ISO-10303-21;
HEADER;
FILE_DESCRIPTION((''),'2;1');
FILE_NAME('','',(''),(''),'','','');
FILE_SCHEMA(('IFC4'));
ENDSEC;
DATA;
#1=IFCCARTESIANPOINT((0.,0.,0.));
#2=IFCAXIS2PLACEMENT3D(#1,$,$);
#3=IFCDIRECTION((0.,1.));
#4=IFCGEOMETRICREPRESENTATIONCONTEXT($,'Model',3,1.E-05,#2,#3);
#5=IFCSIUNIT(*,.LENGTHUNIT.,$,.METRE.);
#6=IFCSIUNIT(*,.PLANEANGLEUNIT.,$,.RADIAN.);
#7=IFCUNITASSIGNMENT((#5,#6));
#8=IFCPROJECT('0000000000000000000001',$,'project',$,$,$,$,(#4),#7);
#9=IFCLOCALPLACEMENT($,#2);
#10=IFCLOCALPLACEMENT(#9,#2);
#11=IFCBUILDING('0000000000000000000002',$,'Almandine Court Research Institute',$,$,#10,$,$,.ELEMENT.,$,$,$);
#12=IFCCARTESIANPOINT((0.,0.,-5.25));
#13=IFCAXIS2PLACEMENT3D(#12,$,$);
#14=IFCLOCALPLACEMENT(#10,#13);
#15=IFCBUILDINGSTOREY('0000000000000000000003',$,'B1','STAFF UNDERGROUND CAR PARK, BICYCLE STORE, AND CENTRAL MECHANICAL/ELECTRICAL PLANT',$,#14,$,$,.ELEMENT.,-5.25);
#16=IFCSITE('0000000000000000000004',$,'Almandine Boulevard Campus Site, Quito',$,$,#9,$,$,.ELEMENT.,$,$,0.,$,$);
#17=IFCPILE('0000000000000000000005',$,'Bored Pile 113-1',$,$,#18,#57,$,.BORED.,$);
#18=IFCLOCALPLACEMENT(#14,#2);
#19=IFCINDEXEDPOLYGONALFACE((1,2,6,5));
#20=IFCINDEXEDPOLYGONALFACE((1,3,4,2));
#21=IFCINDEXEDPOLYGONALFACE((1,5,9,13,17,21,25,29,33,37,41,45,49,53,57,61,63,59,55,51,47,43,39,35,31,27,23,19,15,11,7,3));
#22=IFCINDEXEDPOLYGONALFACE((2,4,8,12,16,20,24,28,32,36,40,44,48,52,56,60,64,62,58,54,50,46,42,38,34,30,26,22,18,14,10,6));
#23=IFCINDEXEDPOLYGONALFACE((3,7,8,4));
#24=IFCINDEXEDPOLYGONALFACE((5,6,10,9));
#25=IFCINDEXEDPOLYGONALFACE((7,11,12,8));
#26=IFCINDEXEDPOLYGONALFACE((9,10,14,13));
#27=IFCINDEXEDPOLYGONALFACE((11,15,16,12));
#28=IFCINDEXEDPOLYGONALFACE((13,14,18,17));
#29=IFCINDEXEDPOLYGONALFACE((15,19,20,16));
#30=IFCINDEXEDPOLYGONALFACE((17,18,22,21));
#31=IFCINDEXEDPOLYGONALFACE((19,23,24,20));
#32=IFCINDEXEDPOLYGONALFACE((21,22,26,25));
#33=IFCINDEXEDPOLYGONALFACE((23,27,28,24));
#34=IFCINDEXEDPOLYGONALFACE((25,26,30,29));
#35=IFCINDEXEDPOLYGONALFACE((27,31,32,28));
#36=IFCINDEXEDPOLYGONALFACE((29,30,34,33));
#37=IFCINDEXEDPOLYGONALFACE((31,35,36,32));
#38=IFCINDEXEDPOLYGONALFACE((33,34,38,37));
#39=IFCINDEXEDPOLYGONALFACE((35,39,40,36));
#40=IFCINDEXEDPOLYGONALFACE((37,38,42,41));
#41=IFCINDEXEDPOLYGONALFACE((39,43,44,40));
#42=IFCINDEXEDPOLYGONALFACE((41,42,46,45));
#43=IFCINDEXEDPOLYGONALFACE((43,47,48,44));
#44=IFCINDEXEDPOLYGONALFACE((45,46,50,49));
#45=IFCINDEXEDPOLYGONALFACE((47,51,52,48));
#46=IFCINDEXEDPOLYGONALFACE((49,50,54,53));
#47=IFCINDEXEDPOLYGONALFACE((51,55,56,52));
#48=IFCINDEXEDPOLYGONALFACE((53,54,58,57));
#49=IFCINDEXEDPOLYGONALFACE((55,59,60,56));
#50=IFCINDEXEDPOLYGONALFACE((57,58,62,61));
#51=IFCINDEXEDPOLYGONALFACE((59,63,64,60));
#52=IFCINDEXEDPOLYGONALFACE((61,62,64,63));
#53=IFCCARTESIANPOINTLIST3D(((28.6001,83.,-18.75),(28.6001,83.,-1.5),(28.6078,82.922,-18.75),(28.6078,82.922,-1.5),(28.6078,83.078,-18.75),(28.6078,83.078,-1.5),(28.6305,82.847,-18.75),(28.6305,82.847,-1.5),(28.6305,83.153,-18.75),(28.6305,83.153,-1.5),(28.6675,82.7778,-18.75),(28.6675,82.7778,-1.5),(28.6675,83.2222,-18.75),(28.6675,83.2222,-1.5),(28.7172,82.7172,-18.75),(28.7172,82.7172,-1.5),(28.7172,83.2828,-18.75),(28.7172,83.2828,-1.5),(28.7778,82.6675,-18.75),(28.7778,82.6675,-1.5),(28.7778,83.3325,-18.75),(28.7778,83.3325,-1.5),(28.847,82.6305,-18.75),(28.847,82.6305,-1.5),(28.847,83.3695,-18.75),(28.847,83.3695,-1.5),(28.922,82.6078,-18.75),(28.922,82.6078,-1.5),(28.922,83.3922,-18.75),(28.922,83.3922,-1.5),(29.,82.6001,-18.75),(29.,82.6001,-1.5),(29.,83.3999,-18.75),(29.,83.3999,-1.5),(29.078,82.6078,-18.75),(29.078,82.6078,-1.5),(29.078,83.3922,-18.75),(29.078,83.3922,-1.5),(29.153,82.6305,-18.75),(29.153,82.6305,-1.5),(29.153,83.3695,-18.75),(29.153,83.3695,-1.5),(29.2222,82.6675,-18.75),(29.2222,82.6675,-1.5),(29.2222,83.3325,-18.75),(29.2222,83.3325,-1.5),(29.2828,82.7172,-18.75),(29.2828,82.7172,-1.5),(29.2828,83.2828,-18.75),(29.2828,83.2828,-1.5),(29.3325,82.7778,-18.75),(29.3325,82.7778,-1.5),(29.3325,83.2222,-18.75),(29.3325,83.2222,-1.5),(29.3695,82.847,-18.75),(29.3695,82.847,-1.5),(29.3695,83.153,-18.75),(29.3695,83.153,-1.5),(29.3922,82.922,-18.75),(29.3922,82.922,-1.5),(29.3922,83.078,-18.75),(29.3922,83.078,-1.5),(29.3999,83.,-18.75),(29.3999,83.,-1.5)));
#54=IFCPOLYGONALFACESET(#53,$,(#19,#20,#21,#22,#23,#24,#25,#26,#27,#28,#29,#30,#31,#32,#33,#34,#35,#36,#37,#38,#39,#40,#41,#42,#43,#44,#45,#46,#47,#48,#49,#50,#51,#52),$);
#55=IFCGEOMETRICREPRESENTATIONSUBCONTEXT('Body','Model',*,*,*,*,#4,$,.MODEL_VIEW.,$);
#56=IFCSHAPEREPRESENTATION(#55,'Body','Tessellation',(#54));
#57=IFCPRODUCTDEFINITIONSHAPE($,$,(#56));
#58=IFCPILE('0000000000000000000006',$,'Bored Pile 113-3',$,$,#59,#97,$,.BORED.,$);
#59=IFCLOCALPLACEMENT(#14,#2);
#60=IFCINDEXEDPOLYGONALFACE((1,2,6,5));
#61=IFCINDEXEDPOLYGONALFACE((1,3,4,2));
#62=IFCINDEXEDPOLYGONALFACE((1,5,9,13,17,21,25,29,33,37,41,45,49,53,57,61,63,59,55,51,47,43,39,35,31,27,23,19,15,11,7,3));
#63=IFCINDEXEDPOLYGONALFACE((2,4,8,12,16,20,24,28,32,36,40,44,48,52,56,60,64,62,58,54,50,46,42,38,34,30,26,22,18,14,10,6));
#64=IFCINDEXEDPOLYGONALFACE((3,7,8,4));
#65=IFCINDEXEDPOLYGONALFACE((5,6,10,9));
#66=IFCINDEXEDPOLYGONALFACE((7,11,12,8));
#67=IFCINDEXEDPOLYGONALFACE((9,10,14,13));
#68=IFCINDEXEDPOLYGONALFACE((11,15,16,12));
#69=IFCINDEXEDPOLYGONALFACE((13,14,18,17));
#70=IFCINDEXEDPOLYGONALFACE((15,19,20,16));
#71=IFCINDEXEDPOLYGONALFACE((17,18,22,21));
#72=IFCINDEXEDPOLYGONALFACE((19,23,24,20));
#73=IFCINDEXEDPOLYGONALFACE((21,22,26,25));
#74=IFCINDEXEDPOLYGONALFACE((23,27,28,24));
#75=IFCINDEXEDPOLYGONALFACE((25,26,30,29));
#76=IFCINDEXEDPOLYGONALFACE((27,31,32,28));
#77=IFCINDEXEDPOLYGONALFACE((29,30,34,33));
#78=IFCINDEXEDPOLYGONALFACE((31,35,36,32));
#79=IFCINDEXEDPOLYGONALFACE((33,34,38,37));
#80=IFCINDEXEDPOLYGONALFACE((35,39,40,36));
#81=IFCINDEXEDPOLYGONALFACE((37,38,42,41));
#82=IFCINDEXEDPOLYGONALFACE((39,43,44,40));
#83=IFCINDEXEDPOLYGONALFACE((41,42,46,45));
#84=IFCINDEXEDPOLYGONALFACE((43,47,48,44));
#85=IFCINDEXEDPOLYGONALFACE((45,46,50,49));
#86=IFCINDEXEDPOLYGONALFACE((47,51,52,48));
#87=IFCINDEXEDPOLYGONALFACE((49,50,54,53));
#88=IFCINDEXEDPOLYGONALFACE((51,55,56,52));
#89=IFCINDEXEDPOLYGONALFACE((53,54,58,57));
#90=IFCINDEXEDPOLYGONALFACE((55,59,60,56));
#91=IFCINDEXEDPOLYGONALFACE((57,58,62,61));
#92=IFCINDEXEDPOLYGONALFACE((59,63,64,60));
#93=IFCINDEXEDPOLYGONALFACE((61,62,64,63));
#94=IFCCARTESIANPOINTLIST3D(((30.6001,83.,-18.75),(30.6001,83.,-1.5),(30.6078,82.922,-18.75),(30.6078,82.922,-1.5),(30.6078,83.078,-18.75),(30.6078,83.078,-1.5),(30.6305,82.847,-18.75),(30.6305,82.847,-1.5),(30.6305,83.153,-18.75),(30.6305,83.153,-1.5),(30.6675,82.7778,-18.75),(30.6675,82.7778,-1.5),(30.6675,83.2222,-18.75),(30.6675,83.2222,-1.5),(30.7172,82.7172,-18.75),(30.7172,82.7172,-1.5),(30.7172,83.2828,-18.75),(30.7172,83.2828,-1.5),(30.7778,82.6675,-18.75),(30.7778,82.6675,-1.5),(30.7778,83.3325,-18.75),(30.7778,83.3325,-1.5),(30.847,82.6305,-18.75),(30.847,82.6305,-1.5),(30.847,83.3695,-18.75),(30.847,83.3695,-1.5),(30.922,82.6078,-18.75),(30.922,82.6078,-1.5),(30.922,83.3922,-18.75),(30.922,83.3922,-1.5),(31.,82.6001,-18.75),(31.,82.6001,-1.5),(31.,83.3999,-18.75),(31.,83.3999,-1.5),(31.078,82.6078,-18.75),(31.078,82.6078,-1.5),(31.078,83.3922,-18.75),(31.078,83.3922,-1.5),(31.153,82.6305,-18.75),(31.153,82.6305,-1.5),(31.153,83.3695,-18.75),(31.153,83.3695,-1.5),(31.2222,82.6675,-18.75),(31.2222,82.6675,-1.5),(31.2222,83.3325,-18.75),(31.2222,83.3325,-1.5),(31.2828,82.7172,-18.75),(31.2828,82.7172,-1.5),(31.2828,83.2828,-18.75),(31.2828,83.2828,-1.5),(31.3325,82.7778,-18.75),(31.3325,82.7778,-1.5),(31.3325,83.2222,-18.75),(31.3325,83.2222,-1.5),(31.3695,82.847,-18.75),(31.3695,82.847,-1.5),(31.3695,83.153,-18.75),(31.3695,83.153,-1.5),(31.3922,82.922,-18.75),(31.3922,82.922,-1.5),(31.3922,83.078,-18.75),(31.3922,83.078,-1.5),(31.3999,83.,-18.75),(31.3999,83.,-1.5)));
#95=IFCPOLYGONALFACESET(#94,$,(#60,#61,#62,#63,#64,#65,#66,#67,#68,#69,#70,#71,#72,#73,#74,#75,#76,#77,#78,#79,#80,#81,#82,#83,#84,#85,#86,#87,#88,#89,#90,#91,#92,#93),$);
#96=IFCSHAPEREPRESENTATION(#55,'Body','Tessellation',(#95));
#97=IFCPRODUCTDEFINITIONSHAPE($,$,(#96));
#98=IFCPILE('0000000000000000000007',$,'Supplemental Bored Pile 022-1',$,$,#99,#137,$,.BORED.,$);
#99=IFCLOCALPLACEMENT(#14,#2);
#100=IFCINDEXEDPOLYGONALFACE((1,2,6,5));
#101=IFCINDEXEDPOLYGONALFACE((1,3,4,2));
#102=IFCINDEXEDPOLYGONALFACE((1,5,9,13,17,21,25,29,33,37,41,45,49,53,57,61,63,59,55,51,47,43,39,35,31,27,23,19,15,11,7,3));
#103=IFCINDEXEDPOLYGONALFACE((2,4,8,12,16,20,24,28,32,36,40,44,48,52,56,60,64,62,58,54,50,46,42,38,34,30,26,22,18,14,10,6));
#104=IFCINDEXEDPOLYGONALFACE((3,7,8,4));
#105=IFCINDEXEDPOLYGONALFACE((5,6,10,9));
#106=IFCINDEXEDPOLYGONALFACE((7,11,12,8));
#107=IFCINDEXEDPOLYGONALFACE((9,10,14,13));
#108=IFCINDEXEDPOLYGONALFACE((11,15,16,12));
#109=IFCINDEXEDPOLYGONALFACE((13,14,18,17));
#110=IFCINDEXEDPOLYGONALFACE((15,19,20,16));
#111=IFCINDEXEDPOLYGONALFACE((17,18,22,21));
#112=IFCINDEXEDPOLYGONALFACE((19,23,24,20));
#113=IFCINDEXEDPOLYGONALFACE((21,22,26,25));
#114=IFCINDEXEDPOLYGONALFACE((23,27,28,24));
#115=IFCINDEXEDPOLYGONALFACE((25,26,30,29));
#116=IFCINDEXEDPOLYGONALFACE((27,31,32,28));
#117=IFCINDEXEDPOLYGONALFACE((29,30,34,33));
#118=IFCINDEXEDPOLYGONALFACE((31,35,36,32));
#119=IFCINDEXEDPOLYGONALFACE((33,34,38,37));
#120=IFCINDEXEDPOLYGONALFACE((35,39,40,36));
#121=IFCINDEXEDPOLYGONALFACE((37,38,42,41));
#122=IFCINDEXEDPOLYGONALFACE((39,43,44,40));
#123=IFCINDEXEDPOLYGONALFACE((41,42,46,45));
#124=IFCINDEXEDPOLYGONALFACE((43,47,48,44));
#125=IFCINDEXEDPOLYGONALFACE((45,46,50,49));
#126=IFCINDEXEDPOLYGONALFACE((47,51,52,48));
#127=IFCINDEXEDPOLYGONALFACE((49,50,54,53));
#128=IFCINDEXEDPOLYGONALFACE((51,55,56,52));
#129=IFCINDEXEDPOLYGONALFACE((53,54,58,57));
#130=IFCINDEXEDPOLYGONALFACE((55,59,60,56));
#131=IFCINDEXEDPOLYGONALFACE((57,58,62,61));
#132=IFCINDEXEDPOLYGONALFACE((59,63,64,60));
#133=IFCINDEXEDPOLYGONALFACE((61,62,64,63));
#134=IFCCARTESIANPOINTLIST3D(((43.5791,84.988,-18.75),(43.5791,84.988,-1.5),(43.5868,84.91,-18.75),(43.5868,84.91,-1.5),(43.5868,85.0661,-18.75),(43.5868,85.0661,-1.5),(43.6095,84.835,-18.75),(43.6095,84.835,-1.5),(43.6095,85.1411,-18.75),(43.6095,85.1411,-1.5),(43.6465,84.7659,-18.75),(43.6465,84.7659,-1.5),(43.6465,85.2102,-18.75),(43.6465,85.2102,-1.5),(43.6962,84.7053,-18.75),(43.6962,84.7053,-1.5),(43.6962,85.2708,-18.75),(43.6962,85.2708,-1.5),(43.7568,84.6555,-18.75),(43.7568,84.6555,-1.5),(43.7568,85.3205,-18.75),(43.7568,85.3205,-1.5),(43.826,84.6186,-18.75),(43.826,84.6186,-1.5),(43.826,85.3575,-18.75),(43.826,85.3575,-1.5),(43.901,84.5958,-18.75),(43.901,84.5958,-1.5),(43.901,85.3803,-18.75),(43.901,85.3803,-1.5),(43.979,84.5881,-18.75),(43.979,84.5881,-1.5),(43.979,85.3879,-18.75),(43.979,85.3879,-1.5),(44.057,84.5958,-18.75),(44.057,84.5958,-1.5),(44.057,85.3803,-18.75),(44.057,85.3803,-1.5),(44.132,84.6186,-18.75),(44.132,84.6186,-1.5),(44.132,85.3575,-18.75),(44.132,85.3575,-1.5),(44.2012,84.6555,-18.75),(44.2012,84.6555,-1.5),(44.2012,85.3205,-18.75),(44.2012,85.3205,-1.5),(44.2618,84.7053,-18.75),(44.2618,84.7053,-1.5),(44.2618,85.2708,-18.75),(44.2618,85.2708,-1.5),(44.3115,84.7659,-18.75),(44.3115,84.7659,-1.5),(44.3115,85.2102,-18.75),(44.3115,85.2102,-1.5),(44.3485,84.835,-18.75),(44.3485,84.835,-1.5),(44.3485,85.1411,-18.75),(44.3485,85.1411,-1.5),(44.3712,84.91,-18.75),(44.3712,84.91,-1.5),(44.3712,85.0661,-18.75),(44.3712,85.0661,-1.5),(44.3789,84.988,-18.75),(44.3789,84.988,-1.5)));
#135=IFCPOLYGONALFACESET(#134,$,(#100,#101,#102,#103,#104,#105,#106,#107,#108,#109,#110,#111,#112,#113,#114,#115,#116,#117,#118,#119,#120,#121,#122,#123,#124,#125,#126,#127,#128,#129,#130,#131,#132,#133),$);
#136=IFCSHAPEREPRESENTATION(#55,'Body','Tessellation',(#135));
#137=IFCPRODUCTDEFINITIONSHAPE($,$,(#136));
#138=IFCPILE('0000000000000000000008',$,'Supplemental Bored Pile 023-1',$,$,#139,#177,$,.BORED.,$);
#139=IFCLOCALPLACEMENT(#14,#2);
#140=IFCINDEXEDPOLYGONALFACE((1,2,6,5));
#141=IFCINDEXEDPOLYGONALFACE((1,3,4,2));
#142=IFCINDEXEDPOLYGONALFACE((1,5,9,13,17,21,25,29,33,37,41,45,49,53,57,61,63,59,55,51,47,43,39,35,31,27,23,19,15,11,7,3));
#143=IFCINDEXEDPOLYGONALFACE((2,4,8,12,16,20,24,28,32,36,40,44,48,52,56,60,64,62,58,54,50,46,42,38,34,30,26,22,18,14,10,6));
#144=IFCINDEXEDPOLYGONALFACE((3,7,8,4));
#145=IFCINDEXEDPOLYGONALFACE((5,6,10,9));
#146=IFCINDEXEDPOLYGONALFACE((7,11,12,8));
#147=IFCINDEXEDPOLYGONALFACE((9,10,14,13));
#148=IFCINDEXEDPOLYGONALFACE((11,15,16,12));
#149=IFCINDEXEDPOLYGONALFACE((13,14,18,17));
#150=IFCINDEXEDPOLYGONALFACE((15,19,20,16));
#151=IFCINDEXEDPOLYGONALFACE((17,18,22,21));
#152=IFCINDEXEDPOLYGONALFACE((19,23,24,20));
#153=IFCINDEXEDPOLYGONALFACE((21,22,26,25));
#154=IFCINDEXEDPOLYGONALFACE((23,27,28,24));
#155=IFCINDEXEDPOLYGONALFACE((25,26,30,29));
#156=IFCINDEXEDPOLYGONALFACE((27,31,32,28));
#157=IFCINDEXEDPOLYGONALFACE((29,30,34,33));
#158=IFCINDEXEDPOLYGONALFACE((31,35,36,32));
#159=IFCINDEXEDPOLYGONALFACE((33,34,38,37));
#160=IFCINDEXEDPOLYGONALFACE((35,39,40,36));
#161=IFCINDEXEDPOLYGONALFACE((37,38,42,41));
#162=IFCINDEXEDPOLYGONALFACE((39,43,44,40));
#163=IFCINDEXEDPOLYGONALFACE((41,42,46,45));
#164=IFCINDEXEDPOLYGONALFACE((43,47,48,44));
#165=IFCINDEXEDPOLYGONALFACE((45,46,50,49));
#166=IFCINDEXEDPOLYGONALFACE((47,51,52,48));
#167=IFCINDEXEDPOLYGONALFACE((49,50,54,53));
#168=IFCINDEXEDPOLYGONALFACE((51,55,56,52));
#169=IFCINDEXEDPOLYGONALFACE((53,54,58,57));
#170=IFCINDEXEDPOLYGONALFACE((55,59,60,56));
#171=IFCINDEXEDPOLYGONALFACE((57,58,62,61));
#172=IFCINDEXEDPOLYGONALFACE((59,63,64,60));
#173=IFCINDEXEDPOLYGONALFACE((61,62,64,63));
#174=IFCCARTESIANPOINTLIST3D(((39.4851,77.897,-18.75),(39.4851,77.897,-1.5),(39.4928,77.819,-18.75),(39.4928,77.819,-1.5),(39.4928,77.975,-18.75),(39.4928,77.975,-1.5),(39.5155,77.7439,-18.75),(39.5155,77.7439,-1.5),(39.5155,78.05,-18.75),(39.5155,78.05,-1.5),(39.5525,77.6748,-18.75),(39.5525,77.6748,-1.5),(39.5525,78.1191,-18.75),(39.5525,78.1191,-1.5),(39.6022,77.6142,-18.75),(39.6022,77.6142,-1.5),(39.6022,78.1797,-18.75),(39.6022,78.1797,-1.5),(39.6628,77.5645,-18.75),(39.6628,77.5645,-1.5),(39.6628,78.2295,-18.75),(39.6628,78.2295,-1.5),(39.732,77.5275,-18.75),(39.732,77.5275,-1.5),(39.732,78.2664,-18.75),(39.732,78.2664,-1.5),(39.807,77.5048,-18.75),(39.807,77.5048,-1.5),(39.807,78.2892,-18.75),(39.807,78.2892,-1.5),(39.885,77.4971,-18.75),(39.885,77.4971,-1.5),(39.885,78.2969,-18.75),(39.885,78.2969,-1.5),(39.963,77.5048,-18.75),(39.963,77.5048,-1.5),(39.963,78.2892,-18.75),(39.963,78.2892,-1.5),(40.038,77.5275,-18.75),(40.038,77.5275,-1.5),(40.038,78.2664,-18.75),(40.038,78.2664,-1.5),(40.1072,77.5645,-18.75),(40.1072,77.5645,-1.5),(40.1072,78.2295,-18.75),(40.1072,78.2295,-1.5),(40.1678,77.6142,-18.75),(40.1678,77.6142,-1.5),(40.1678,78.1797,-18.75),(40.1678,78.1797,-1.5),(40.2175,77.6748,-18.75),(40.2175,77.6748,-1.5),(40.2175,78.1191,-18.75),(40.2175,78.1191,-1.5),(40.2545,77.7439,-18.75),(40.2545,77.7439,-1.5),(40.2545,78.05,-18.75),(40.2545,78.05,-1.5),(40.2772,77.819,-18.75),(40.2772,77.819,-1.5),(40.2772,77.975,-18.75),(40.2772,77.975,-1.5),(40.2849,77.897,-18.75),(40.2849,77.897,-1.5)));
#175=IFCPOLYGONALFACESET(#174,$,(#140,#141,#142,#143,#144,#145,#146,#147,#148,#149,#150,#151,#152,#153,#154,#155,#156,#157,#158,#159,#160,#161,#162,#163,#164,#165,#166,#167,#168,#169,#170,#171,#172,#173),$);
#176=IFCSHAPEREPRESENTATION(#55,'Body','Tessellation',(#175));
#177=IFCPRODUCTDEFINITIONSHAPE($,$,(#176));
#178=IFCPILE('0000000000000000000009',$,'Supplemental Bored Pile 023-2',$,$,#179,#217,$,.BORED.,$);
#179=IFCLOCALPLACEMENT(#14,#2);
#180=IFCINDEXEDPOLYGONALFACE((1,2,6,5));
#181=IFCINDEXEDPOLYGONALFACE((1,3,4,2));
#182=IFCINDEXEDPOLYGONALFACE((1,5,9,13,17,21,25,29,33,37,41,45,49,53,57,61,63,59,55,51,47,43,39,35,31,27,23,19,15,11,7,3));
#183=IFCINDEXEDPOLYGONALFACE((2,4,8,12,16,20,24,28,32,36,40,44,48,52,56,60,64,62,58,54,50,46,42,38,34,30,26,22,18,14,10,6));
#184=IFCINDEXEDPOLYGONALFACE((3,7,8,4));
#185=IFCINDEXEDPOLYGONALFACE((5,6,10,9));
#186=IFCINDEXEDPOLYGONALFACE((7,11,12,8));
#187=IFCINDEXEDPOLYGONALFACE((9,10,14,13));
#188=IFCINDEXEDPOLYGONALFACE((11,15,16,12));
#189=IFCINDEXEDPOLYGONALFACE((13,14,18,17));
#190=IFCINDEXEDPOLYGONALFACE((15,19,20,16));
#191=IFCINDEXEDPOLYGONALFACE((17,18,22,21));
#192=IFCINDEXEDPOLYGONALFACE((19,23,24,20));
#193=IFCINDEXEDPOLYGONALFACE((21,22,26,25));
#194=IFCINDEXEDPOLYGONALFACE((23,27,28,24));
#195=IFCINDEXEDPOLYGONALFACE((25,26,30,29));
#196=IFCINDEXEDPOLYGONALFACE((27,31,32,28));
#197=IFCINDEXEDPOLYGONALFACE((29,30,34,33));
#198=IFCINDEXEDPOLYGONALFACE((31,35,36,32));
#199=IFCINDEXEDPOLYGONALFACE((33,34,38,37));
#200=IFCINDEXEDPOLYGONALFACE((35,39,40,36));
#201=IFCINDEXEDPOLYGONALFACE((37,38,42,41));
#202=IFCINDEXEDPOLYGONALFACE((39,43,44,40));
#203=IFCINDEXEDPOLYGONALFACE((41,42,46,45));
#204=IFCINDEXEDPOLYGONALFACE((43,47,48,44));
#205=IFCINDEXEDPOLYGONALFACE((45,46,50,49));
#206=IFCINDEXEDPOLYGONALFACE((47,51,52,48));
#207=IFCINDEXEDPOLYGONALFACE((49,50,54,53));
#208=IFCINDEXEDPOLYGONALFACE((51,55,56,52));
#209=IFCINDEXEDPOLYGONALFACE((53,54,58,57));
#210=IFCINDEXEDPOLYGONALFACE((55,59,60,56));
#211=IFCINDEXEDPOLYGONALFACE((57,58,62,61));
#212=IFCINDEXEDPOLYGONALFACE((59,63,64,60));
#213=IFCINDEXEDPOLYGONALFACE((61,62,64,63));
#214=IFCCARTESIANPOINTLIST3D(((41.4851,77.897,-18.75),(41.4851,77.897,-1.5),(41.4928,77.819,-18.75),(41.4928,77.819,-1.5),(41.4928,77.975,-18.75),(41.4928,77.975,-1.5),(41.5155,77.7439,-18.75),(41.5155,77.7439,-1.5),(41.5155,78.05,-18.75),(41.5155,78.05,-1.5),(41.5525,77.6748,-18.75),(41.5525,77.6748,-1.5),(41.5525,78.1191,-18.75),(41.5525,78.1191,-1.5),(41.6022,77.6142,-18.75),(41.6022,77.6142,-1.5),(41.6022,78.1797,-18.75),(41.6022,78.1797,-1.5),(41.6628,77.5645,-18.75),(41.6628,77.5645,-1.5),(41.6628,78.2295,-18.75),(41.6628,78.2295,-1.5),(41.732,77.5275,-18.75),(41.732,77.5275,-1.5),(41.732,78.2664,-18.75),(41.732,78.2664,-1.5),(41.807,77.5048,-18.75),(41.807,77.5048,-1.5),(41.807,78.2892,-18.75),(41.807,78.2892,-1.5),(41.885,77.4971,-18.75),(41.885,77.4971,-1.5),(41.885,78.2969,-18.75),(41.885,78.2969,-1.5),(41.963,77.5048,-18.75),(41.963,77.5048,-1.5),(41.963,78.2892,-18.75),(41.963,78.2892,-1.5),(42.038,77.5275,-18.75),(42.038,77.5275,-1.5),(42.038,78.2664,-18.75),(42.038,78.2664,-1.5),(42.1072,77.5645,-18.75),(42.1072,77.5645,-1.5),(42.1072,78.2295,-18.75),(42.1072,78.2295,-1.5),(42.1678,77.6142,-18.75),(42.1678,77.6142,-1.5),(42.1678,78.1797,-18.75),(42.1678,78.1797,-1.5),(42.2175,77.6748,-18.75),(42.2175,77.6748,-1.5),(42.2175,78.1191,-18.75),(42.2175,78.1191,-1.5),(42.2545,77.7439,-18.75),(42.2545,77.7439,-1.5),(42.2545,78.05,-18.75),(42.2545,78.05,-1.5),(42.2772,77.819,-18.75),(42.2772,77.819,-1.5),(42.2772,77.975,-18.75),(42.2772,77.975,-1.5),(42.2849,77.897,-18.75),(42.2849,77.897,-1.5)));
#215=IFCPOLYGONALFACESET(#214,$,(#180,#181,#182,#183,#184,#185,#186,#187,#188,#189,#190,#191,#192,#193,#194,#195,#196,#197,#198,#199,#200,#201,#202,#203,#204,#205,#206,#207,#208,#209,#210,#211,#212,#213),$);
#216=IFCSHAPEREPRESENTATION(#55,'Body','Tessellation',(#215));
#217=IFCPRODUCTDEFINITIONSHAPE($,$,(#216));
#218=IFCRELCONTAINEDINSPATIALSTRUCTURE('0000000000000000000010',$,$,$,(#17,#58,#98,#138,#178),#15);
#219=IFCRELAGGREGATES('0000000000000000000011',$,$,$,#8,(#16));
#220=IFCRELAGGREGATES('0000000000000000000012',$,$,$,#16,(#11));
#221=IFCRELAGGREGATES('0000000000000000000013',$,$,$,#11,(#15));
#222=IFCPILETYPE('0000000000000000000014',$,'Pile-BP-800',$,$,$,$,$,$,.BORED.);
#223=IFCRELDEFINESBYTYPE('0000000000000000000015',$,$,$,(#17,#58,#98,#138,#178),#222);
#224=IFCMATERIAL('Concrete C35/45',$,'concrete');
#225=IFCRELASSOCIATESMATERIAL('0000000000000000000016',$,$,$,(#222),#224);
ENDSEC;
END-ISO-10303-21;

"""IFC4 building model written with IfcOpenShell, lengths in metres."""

from ifc_helpers import new_model, si_unit, direction, frame, origin, origin_2d, place, context, subcontext, project, spatial, circle, extrude, material, material_profile, profile_set, type_object, element, save


model = new_model("IFC4")

# Units and contexts
model_context = context("Model", 3, precision=1e-05, world=origin(), true_north=direction((0.0, 1.0)))
body_context = subcontext(model_context, "Body", "Model", "MODEL_VIEW")
ifc_project = project(units=[si_unit("LENGTHUNIT", "METRE"), si_unit("PLANEANGLEUNIT", "RADIAN")], contexts=[model_context])

# Site, building, storey
site_placement = place(None, origin())
site = spatial("IfcSite", under=ifc_project, at=site_placement, Name="Almandine Boulevard Campus Site, Quito", CompositionType="ELEMENT", RefElevation=0.0)
building_placement = place(site_placement, origin())
building = spatial("IfcBuilding", under=site, at=building_placement, Name="Almandine Court Research Institute", CompositionType="ELEMENT")
storey_placement = place(building_placement, frame((0.0, 0.0, -5.25)))
storey = spatial("IfcBuildingStorey", under=building, at=storey_placement, Name="B1", Description="STAFF UNDERGROUND CAR PARK, BICYCLE STORE, AND CENTRAL MECHANICAL/ELECTRICAL PLANT", CompositionType="ELEMENT", Elevation=-5.25)

# Shared definitions
ifc_material_1 = material(Name="Concrete C35/45", Category="concrete")

# Piles
ifc_material_profile_1 = material_profile(ifc_material_1, circle(Radius=0.3999, at=origin_2d()), Name="BORED PILE D800")
ifc_profile_set_1 = profile_set([ifc_material_profile_1], Name="Concrete C35/45")
pile_type_1 = type_object("IfcPileType", Name="Pile-BP-800", PredefinedType="BORED", material=ifc_profile_set_1)
for number, where, z_axis, x_axis, name in (
    (1, (29.0, 83.0, -1.5), (0.0, 0.0, -1.0), (1.0, 0.0, 0.0), "Bored Pile 113-1"),
    (2, (31.0, 83.0, -1.5), (0.0, 0.0, -1.0), (1.0, 0.0, 0.0), "Bored Pile 113-3"),
    (3, (43.979, 84.988, -1.5), (0.0, 0.0, -1.0), (1.0, 0.0, 0.0), "Supplemental Bored Pile 022-1"),
    (4, (39.885, 77.897, -1.5), (0.0, 0.0, -1.0), (1.0, 0.0, 0.0), "Supplemental Bored Pile 023-1"),
    (5, (41.885, 77.897, -1.5), (0.0, 0.0, -1.0), (1.0, 0.0, 0.0), "Supplemental Bored Pile 023-2"),
):
    element("IfcPile", number, at=place(storey_placement, frame(where, z_axis=z_axis, x_axis=x_axis)), inside=storey, type_object=pile_type_1, Name=name, PredefinedType="BORED", context=body_context, shape_type="SweptSolid", body=[
        extrude(circle(Radius=0.3999, at=origin_2d()), origin(), (0.0, 0.0, 1.0), 17.25),
    ])

save(model, "model.ifc")
